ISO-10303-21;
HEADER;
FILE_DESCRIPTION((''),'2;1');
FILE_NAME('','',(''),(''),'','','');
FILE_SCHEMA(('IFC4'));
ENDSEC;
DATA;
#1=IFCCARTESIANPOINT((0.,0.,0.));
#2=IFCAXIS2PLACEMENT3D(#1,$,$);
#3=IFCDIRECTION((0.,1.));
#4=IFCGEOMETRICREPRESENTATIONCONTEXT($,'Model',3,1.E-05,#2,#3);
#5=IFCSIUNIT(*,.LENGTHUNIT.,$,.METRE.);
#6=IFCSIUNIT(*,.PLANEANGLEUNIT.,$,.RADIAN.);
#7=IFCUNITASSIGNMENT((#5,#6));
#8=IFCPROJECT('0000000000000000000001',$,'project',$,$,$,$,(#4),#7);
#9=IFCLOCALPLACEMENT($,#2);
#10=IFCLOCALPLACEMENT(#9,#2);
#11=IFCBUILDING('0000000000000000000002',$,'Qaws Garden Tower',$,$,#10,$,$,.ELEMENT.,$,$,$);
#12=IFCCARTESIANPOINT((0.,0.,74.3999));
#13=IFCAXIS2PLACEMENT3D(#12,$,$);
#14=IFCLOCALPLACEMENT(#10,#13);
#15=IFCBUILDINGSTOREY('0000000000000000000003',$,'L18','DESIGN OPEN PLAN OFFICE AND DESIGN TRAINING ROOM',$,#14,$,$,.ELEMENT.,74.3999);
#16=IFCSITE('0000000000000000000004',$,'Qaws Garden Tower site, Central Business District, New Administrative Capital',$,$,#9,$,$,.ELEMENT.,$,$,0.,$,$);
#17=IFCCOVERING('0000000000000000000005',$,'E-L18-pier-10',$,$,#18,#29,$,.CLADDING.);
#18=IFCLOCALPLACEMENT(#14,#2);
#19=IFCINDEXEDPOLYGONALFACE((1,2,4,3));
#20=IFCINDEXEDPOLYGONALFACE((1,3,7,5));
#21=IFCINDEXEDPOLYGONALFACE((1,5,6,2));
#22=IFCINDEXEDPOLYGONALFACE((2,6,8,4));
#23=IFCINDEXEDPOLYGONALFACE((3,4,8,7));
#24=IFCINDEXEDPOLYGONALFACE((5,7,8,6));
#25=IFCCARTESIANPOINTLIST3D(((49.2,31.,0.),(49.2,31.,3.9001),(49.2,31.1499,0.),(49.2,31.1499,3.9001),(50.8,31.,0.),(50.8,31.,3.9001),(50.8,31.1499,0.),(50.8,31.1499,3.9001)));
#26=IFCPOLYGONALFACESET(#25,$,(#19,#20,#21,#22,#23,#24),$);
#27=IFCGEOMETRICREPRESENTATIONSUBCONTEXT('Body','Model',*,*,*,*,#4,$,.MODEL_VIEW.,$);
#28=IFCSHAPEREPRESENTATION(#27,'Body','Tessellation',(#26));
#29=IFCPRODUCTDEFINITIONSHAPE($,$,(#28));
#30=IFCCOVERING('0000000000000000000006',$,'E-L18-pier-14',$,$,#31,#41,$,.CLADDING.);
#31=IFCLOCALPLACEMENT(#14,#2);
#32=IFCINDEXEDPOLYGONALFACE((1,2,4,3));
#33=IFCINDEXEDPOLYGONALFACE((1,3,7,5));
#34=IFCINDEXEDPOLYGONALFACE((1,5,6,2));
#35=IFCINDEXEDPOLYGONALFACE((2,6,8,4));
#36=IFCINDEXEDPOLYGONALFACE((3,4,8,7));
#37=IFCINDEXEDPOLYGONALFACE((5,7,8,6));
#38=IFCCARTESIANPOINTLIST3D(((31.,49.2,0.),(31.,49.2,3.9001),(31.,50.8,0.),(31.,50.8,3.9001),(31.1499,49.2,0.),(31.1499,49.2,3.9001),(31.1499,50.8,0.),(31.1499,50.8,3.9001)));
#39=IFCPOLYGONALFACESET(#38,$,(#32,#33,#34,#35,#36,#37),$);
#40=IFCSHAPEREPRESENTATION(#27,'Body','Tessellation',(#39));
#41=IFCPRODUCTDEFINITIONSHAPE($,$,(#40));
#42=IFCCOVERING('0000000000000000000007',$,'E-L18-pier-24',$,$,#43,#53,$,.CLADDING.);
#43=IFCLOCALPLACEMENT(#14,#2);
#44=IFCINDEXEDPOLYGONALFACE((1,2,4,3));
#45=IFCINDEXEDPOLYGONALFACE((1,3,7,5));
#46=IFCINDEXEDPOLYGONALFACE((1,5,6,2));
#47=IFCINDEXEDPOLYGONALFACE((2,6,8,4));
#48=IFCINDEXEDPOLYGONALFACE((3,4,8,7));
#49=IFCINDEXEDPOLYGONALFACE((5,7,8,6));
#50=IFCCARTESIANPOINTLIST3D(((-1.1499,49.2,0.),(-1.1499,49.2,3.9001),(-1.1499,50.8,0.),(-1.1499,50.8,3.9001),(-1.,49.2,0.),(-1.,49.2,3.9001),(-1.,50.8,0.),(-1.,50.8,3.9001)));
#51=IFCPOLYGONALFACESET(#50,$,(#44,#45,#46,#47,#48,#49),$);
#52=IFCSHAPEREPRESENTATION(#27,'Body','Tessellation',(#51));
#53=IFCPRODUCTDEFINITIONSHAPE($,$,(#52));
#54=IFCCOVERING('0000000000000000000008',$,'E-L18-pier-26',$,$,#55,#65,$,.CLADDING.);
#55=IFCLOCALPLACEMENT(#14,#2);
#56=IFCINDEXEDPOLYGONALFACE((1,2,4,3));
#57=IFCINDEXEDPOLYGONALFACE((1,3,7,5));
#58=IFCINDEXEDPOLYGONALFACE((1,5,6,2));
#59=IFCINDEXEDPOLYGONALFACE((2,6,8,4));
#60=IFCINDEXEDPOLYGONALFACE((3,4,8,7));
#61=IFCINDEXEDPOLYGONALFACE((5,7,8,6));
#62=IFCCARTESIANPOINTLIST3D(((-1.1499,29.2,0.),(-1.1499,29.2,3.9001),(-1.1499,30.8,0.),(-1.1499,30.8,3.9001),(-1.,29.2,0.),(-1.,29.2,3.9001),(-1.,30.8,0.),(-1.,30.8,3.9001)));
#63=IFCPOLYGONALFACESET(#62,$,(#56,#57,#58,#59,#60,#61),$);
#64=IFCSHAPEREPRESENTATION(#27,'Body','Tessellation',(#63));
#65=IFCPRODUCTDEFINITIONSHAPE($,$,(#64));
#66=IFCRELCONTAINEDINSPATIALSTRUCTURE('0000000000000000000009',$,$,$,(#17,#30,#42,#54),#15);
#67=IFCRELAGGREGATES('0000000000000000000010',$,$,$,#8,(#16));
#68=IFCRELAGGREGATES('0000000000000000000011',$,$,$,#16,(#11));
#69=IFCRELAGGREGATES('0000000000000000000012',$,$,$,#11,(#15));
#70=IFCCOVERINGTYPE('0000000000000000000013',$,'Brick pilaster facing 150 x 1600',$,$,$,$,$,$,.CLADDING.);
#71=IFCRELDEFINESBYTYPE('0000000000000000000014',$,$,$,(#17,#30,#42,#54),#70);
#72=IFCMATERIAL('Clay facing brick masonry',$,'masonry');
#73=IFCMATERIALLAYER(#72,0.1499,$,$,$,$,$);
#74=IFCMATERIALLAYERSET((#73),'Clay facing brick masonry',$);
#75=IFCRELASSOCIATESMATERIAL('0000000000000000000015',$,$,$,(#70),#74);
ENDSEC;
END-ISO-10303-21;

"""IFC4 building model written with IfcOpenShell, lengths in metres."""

from ifc_helpers import new_model, si_unit, direction, frame, origin, place, context, subcontext, project, spatial, polyline, outline, extrude, material, layer, layer_set, type_object, element, save


model = new_model("IFC4")

# Units and contexts
model_context = context("Model", 3, precision=1e-05, world=origin(), true_north=direction((0.0, 1.0)))
body_context = subcontext(model_context, "Body", "Model", "MODEL_VIEW")
ifc_project = project(units=[si_unit("LENGTHUNIT", "METRE"), si_unit("PLANEANGLEUNIT", "RADIAN")], contexts=[model_context])

# Site, building, storey
site_placement = place(None, origin())
site = spatial("IfcSite", under=ifc_project, at=site_placement, Name="Qaws Garden Tower site, Central Business District, New Administrative Capital", CompositionType="ELEMENT", RefElevation=0.0)
building_placement = place(site_placement, origin())
building = spatial("IfcBuilding", under=site, at=building_placement, Name="Qaws Garden Tower", CompositionType="ELEMENT")
storey_placement = place(building_placement, frame((0.0, 0.0, 74.3999)))
storey = spatial("IfcBuildingStorey", under=building, at=storey_placement, Name="L18", Description="DESIGN OPEN PLAN OFFICE AND DESIGN TRAINING ROOM", CompositionType="ELEMENT", Elevation=74.3999)

# Shared definitions
placement = place(storey_placement, origin())

# Coverings
ifc_material_1 = material(Name="Clay facing brick masonry", Category="masonry")
ifc_layer_1 = layer(ifc_material_1, 0.1499)
ifc_layer_set_1 = layer_set([ifc_layer_1], Name="Clay facing brick masonry")
covering_type = type_object("IfcCoveringType", Name="Brick pilaster facing 150 x 1600", PredefinedType="CLADDING", material=ifc_layer_set_1)
element("IfcCovering", 1, at=placement, inside=storey, type_object=covering_type, Name="E-L18-pier-10", PredefinedType="CLADDING", context=body_context, shape_type="SweptSolid", body=[
    extrude(outline(polyline([(50.8, 31.0), (49.2, 31.0), (49.2, 31.1499), (50.8, 31.1499), (50.8, 31.0)])), origin(), (0.0, 0.0, 1.0), 3.9001),
])
element("IfcCovering", 2, at=placement, inside=storey, type_object=covering_type, Name="E-L18-pier-14", PredefinedType="CLADDING", context=body_context, shape_type="SweptSolid", body=[
    extrude(outline(polyline([(31.0, 49.2), (31.0, 50.8), (31.1499, 50.8), (31.1499, 49.2), (31.0, 49.2)])), origin(), (0.0, 0.0, 1.0), 3.9001),
])
element("IfcCovering", 3, at=placement, inside=storey, type_object=covering_type, Name="E-L18-pier-24", PredefinedType="CLADDING", context=body_context, shape_type="SweptSolid", body=[
    extrude(outline(polyline([(-1.0, 50.8), (-1.0, 49.2), (-1.1499, 49.2), (-1.1499, 50.8), (-1.0, 50.8)])), origin(), (0.0, 0.0, 1.0), 3.9001),
])
element("IfcCovering", 4, at=placement, inside=storey, type_object=covering_type, Name="E-L18-pier-26", PredefinedType="CLADDING", context=body_context, shape_type="SweptSolid", body=[
    extrude(outline(polyline([(-1.0, 30.8), (-1.0, 29.2), (-1.1499, 29.2), (-1.1499, 30.8), (-1.0, 30.8)])), origin(), (0.0, 0.0, 1.0), 3.9001),
])

save(model, "model.ifc")
